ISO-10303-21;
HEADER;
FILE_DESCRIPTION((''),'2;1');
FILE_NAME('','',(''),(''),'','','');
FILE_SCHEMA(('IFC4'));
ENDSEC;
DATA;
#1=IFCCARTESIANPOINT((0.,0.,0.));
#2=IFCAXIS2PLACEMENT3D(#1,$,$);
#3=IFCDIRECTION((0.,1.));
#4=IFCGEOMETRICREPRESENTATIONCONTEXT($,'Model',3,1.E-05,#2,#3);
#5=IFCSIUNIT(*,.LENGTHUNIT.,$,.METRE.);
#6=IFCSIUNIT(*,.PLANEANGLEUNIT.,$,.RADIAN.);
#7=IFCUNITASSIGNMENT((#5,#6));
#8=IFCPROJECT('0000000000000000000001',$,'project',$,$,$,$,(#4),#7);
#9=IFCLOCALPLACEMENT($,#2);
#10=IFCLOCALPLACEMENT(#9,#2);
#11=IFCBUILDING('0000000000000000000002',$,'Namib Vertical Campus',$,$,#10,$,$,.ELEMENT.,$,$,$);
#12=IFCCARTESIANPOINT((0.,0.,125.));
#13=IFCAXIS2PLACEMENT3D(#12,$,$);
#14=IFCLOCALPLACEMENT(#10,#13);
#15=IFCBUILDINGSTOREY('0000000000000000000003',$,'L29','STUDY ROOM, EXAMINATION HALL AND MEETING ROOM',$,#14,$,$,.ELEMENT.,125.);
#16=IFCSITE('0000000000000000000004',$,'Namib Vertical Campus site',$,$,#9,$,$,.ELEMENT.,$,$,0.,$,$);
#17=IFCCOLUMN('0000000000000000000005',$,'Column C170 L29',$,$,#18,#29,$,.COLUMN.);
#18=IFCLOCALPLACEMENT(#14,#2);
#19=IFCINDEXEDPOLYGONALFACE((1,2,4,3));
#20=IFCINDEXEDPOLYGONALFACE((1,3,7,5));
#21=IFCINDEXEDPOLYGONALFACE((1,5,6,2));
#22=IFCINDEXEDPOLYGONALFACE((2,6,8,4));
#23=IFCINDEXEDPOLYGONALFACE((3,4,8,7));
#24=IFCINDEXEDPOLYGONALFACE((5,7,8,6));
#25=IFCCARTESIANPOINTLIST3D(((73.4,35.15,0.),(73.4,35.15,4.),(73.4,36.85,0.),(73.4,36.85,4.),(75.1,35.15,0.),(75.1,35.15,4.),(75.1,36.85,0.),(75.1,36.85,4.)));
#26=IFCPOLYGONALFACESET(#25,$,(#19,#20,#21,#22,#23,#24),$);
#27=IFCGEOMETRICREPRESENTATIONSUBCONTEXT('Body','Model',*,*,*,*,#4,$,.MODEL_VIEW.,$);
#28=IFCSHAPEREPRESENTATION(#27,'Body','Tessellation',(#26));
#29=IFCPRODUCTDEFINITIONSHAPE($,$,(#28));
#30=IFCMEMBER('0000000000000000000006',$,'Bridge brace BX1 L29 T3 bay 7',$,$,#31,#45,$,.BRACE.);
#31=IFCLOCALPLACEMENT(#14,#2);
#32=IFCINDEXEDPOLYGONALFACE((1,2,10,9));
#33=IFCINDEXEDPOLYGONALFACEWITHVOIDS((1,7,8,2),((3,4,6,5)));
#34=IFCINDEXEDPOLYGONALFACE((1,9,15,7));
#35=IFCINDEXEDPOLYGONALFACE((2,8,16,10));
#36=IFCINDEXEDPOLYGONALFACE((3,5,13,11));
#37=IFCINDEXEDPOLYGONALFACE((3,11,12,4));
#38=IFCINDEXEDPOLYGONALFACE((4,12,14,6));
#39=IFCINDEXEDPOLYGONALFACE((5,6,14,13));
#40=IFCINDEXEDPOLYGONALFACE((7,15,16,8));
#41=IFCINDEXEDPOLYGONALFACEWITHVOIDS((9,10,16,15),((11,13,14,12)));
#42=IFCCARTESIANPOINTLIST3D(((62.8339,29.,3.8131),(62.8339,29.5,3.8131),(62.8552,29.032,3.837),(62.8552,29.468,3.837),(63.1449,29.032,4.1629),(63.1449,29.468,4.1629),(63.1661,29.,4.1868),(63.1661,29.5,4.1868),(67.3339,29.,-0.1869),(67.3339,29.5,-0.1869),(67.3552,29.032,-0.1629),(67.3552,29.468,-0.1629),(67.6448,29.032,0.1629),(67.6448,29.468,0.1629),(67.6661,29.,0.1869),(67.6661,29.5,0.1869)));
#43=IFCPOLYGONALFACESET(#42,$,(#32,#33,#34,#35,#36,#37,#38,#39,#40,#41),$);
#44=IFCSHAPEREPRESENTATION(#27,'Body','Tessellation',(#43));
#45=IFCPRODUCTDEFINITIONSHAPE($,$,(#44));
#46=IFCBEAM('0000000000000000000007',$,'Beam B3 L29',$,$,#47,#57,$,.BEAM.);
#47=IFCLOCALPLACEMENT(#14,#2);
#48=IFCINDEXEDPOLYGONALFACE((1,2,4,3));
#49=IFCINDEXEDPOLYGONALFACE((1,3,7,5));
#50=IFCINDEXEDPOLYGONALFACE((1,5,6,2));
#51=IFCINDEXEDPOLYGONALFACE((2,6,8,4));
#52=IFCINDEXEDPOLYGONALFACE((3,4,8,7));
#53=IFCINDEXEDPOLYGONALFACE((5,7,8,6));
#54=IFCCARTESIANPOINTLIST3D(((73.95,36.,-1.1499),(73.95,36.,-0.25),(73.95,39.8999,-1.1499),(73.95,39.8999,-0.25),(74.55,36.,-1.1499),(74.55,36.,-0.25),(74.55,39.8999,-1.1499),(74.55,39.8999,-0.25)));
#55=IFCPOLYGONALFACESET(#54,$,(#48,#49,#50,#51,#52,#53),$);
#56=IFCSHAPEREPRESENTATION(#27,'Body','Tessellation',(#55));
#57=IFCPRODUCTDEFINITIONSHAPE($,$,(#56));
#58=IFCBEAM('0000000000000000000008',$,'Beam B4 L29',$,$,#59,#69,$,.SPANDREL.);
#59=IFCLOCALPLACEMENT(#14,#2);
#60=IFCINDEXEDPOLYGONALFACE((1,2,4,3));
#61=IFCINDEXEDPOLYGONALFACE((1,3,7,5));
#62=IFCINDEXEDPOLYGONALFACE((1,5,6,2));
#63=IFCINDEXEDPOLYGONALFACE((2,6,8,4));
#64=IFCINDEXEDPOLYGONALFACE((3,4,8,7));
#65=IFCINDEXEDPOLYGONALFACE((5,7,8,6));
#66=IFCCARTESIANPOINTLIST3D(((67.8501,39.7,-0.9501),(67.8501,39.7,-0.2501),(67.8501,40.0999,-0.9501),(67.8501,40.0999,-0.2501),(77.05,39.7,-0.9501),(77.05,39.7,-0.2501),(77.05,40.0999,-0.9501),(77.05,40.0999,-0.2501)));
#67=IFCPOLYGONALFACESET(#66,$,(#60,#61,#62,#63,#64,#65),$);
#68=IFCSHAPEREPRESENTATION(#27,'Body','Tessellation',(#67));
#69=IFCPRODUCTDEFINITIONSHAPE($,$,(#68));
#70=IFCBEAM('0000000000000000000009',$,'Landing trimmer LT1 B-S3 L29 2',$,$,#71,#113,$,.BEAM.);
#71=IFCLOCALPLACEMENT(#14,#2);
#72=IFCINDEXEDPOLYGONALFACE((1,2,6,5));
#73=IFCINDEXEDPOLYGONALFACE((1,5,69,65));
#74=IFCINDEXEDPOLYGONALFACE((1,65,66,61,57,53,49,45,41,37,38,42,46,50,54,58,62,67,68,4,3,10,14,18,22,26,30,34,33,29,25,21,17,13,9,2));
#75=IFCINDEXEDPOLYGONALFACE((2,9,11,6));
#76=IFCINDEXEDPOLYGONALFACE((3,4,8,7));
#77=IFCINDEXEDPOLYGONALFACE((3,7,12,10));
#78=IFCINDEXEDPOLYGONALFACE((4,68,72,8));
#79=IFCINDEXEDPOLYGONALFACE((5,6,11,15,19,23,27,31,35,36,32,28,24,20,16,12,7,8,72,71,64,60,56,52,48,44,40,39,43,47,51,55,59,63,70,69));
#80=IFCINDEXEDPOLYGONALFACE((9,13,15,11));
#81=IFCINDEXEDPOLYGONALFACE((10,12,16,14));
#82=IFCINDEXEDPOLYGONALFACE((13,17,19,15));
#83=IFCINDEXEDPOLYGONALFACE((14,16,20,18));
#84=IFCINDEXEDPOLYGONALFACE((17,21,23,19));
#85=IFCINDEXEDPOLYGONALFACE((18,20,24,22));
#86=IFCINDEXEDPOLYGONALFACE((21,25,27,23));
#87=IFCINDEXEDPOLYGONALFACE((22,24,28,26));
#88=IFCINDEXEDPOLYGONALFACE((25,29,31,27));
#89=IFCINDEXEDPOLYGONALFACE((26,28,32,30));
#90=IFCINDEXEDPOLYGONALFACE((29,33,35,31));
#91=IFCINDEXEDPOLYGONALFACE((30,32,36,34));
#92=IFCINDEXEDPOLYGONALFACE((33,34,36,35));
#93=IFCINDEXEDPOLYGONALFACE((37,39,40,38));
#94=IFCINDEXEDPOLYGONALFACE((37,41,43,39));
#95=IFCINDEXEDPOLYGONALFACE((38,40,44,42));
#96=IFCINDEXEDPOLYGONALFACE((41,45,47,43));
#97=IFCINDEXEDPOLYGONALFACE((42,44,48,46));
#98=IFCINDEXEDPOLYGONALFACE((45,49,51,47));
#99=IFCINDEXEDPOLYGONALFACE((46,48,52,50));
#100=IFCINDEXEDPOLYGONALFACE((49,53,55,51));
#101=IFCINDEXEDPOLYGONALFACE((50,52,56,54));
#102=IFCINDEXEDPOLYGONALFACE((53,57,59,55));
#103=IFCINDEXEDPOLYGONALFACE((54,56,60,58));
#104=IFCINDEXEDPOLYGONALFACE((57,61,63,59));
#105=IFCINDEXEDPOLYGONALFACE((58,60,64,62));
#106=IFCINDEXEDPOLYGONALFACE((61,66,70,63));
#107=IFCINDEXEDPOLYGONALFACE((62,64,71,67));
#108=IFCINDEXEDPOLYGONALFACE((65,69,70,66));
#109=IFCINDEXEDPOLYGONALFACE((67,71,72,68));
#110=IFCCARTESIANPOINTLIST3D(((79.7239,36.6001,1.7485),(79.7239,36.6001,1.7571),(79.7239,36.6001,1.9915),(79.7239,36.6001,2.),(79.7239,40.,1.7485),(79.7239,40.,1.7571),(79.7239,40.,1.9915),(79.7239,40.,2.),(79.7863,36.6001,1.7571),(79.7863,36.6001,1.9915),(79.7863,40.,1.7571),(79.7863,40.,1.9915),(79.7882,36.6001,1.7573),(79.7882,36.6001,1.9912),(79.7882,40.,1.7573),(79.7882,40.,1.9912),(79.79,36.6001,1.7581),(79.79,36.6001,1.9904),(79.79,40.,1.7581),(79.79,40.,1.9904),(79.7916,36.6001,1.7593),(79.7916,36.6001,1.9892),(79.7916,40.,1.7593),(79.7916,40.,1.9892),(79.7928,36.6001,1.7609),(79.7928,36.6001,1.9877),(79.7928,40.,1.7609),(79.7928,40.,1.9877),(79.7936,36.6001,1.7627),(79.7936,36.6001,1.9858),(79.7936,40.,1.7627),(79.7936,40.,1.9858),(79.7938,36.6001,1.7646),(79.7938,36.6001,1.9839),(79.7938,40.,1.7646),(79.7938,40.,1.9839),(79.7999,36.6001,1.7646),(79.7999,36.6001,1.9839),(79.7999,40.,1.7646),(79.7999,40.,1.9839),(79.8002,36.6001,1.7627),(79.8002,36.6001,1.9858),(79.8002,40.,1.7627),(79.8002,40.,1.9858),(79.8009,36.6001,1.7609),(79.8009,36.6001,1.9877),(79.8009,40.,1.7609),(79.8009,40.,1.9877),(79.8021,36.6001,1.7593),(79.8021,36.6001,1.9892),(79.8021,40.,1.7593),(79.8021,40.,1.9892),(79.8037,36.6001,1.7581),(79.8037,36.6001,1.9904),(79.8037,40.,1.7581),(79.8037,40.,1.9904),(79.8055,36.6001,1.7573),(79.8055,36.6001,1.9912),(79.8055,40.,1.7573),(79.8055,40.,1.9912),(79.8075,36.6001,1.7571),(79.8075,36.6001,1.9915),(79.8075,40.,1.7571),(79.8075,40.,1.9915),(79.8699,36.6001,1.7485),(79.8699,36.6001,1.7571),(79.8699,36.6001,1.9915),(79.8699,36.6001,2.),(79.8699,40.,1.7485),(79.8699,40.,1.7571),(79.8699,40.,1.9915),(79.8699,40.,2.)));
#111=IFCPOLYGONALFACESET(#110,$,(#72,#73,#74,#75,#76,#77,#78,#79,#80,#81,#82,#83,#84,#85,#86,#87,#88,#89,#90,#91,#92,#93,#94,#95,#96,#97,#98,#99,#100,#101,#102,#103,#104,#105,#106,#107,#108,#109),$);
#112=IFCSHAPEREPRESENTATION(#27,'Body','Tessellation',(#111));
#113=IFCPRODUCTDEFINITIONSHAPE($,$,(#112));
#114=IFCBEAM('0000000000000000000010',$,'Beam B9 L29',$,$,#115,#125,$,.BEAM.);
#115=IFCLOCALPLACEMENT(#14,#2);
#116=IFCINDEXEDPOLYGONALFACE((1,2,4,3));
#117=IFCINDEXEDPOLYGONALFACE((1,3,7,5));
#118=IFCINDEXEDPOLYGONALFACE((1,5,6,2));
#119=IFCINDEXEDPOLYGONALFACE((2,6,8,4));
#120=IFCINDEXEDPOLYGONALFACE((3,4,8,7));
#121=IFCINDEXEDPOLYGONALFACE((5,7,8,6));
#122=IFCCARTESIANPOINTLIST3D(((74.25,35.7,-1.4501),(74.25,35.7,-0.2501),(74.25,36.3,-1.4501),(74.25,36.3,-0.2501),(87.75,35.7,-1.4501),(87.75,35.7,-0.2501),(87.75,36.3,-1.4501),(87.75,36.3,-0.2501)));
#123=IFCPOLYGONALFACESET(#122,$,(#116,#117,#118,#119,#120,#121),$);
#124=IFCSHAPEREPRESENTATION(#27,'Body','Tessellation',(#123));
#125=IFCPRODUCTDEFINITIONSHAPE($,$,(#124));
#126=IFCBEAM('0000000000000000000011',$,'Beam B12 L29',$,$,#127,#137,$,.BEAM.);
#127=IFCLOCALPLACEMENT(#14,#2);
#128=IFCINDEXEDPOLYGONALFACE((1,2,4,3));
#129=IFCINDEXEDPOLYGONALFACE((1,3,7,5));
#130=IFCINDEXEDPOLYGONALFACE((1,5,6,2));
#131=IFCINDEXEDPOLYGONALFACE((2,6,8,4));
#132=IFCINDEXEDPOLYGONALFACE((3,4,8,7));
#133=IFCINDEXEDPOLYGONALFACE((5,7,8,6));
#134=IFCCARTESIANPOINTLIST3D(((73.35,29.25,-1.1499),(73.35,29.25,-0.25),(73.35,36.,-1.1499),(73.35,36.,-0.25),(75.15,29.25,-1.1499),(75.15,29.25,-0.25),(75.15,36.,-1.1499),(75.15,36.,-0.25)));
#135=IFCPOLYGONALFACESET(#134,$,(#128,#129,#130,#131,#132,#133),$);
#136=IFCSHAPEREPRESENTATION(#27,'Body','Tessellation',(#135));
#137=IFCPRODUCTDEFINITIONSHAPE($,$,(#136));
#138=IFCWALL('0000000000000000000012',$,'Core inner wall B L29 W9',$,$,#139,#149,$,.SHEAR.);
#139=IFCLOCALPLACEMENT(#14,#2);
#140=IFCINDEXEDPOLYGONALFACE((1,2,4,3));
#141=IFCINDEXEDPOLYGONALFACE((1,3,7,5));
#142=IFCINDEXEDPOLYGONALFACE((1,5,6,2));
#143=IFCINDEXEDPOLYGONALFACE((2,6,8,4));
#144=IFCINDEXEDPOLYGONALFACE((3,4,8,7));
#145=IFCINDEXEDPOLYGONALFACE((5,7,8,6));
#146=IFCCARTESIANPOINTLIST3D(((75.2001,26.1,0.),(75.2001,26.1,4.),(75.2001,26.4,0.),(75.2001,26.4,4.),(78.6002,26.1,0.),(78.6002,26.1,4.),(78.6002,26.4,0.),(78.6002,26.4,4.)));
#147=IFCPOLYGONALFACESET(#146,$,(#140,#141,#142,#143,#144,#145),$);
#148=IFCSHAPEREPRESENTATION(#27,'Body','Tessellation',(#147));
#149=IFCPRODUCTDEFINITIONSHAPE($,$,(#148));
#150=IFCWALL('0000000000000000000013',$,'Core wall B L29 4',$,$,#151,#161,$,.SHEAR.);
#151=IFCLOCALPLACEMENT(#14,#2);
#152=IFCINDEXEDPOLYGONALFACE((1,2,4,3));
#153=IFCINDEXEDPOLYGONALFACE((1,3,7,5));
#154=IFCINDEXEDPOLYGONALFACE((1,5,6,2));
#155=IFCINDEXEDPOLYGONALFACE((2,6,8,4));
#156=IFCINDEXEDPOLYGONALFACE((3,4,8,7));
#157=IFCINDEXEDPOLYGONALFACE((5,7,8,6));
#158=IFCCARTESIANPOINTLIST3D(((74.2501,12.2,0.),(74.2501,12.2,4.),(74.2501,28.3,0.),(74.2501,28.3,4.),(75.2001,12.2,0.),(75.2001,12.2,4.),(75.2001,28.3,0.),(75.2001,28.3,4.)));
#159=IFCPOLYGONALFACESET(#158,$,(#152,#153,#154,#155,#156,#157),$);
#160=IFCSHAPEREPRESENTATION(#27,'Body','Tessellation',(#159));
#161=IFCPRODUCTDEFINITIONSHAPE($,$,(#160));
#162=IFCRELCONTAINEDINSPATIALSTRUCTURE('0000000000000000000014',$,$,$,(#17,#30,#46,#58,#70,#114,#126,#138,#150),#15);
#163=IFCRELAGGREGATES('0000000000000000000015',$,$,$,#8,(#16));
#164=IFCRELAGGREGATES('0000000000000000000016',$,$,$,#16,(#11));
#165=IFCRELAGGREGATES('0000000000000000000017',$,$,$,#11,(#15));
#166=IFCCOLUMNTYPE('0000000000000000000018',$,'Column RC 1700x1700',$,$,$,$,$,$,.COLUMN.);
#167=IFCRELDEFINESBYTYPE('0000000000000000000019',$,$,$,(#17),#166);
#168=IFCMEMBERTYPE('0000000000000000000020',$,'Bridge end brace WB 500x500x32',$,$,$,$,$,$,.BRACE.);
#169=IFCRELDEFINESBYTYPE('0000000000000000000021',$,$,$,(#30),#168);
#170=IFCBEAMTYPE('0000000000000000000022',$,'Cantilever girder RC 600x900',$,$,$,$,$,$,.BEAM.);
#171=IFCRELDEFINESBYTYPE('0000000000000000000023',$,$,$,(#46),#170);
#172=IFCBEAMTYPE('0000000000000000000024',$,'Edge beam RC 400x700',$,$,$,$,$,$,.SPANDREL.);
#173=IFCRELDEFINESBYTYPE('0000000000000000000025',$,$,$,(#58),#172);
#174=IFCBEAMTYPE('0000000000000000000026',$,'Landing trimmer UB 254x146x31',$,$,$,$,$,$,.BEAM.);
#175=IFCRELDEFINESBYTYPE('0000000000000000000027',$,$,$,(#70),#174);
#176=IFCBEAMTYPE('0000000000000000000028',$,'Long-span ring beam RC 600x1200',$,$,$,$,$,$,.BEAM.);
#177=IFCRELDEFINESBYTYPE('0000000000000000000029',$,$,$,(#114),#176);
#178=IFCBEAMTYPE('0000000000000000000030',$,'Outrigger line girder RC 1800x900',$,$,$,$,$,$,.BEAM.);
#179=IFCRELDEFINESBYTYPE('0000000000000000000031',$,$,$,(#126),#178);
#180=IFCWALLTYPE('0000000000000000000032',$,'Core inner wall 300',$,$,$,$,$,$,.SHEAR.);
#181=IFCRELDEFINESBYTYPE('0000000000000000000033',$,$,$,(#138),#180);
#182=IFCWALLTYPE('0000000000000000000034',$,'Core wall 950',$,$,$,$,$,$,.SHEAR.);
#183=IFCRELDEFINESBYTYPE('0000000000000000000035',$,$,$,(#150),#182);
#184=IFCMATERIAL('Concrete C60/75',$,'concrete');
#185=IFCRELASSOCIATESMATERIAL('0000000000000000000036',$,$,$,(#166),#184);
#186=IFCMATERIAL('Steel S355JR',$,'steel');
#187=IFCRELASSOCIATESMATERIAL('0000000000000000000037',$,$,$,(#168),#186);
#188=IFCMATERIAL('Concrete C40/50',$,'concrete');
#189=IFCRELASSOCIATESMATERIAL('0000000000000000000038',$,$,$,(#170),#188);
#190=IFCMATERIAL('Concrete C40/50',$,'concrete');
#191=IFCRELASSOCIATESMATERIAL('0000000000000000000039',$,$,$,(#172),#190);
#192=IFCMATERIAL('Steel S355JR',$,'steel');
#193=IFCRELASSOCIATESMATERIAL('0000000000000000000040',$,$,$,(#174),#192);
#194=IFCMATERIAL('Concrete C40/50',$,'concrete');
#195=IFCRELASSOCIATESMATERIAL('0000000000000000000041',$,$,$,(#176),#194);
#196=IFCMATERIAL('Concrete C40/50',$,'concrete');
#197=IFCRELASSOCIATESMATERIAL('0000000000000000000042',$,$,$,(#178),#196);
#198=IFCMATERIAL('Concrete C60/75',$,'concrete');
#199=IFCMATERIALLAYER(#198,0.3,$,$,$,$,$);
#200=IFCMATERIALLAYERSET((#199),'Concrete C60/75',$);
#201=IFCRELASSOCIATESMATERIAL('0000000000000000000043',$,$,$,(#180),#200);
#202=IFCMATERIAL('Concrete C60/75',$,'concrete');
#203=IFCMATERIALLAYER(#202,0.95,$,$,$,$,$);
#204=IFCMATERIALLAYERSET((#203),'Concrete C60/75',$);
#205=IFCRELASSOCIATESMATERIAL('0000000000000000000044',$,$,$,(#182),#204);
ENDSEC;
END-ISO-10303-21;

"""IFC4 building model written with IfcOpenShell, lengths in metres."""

from ifc_helpers import new_model, si_unit, direction, frame, frame_2d, origin, origin_2d, place, context, subcontext, project, spatial, rectangle, hollow_rectangle, i_section, extrude, material, layer, layer_set, material_profile, profile_set, type_object, element, save


model = new_model("IFC4")

# Units and contexts
model_context = context("Model", 3, precision=1e-05, world=origin(), true_north=direction((0.0, 1.0)))
body_context = subcontext(model_context, "Body", "Model", "MODEL_VIEW")
ifc_project = project(units=[si_unit("LENGTHUNIT", "METRE"), si_unit("PLANEANGLEUNIT", "RADIAN")], contexts=[model_context])

# Site, building, storey
site_placement = place(None, origin())
site = spatial("IfcSite", under=ifc_project, at=site_placement, Name="Namib Vertical Campus site", CompositionType="ELEMENT", RefElevation=0.0)
building_placement = place(site_placement, origin())
building = spatial("IfcBuilding", under=site, at=building_placement, Name="Namib Vertical Campus", CompositionType="ELEMENT")
storey_placement = place(building_placement, frame((0.0, 0.0, 125.0)))
storey = spatial("IfcBuildingStorey", under=building, at=storey_placement, Name="L29", Description="STUDY ROOM, EXAMINATION HALL AND MEETING ROOM", CompositionType="ELEMENT", Elevation=125.0)

# Column
ifc_material_1 = material(Name="Concrete C60/75", Category="concrete")
ifc_material_profile_1 = material_profile(ifc_material_1, rectangle(XDim=1.7, YDim=1.7, at=origin_2d()))
ifc_profile_set_1 = profile_set([ifc_material_profile_1], Name="Concrete C60/75")
column_type = type_object("IfcColumnType", Name="Column RC 1700x1700", PredefinedType="COLUMN", material=ifc_profile_set_1)
column_placement = place(storey_placement, frame((74.25, 36.0, 0.0), z_axis=(0.0, 0.0, 1.0), x_axis=(1.0, 0.0, 0.0)))
element("IfcColumn", 1, at=column_placement, inside=storey, type_object=column_type, Name="Column C170 L29", PredefinedType="COLUMN", context=body_context, shape_type="SweptSolid", body=[
    extrude(rectangle(XDim=1.7, YDim=1.7, at=origin_2d()), origin(), (0.0, 0.0, 1.0), 4.0),
])

# Member
ifc_material_2 = material(Name="Steel S355JR", Category="steel")
ifc_material_profile_2 = material_profile(ifc_material_2, hollow_rectangle(XDim=0.5, YDim=0.5, WallThickness=0.032, at=origin_2d()))
ifc_profile_set_2 = profile_set([ifc_material_profile_2], Name="Steel S355JR")
member_type = type_object("IfcMemberType", Name="Bridge end brace WB 500x500x32", PredefinedType="BRACE", material=ifc_profile_set_2)
member_placement = place(storey_placement, frame((67.5, 29.25, 0.0), z_axis=(-0.747409, 0.0, 0.664364), x_axis=(0.0, -1.0, 0.0)))
element("IfcMember", 2, at=member_placement, inside=storey, type_object=member_type, Name="Bridge brace BX1 L29 T3 bay 7", PredefinedType="BRACE", context=body_context, shape_type="SweptSolid", body=[
    extrude(hollow_rectangle(XDim=0.5, YDim=0.5, WallThickness=0.032, at=origin_2d()), origin(), (0.0, 0.0, 1.0), 6.0208),
])

# Beams
ifc_material_3 = material(Name="Concrete C40/50", Category="concrete")
ifc_material_profile_3 = material_profile(ifc_material_3, rectangle(XDim=0.6001, YDim=0.8999, at=origin_2d()))
ifc_profile_set_3 = profile_set([ifc_material_profile_3], Name="Concrete C40/50")
beam_type_1 = type_object("IfcBeamType", Name="Cantilever girder RC 600x900", PredefinedType="BEAM", material=ifc_profile_set_3)
beam_1_placement = place(storey_placement, frame((74.25, 36.0, -0.7), z_axis=(0.0, 1.0, 0.0), x_axis=(-1.0, 0.0, 0.0)))
element("IfcBeam", 3, at=beam_1_placement, inside=storey, type_object=beam_type_1, Name="Beam B3 L29", PredefinedType="BEAM", context=body_context, shape_type="SweptSolid", body=[
    extrude(rectangle(XDim=0.6001, YDim=0.8999, at=origin_2d()), origin(), (0.0, 0.0, 1.0), 3.8999),
])
ifc_material_4 = material(Name="Concrete C40/50", Category="concrete")
ifc_material_profile_4 = material_profile(ifc_material_4, rectangle(XDim=0.3999, YDim=0.7, at=origin_2d()))
ifc_profile_set_4 = profile_set([ifc_material_profile_4], Name="Concrete C40/50")
beam_type_2 = type_object("IfcBeamType", Name="Edge beam RC 400x700", PredefinedType="SPANDREL", material=ifc_profile_set_4)
beam_2_placement = place(storey_placement, frame((67.8501, 39.8999, -0.6001), z_axis=(1.0, 0.0, 0.0), x_axis=(0.0, 1.0, 0.0)))
element("IfcBeam", 4, at=beam_2_placement, inside=storey, type_object=beam_type_2, Name="Beam B4 L29", PredefinedType="SPANDREL", context=body_context, shape_type="SweptSolid", body=[
    extrude(rectangle(XDim=0.3999, YDim=0.7, at=origin_2d()), origin(), (0.0, 0.0, 1.0), 9.2),
])
ifc_material_5 = material(Name="Steel S355JR", Category="steel")
ifc_material_profile_5 = material_profile(ifc_material_5, i_section(OverallWidth=0.146, OverallDepth=0.2515, WebThickness=0.0061, FlangeThickness=0.0085, FilletRadius=0.0076, at=origin_2d()))
ifc_profile_set_5 = profile_set([ifc_material_profile_5], Name="Steel S355JR")
beam_type_3 = type_object("IfcBeamType", Name="Landing trimmer UB 254x146x31", PredefinedType="BEAM", material=ifc_profile_set_5)
beam_3_placement = place(storey_placement, frame((79.7969, 36.6001, 1.8743), z_axis=(0.0, 1.0, 0.0), x_axis=(-1.0, 0.0, 0.0)))
element("IfcBeam", 5, at=beam_3_placement, inside=storey, type_object=beam_type_3, Name="Landing trimmer LT1 B-S3 L29 2", PredefinedType="BEAM", context=body_context, shape_type="SweptSolid", body=[
    extrude(i_section(OverallWidth=0.146, OverallDepth=0.2515, WebThickness=0.0061, FlangeThickness=0.0085, FilletRadius=0.0076, at=origin_2d()), origin(), (0.0, 0.0, 1.0), 3.3999),
])
ifc_material_6 = material(Name="Concrete C40/50", Category="concrete")
ifc_material_profile_6 = material_profile(ifc_material_6, rectangle(XDim=0.6001, YDim=1.2, at=origin_2d()))
ifc_profile_set_6 = profile_set([ifc_material_profile_6], Name="Concrete C40/50")
beam_type_4 = type_object("IfcBeamType", Name="Long-span ring beam RC 600x1200", PredefinedType="BEAM", material=ifc_profile_set_6)
beam_4_placement = place(storey_placement, frame((74.25, 36.0, -0.8501), z_axis=(1.0, 0.0, 0.0), x_axis=(0.0, 1.0, 0.0)))
element("IfcBeam", 6, at=beam_4_placement, inside=storey, type_object=beam_type_4, Name="Beam B9 L29", PredefinedType="BEAM", context=body_context, shape_type="SweptSolid", body=[
    extrude(rectangle(XDim=0.6001, YDim=1.2, at=origin_2d()), origin(), (0.0, 0.0, 1.0), 13.5),
])
ifc_material_7 = material(Name="Concrete C40/50", Category="concrete")
ifc_material_profile_7 = material_profile(ifc_material_7, rectangle(XDim=1.8, YDim=0.8999, at=origin_2d()))
ifc_profile_set_7 = profile_set([ifc_material_profile_7], Name="Concrete C40/50")
beam_type_5 = type_object("IfcBeamType", Name="Outrigger line girder RC 1800x900", PredefinedType="BEAM", material=ifc_profile_set_7)
beam_5_placement = place(storey_placement, frame((74.25, 36.0, -0.7), z_axis=(0.0, -1.0, 0.0), x_axis=(1.0, 0.0, 0.0)))
element("IfcBeam", 7, at=beam_5_placement, inside=storey, type_object=beam_type_5, Name="Beam B12 L29", PredefinedType="BEAM", context=body_context, shape_type="SweptSolid", body=[
    extrude(rectangle(XDim=1.8, YDim=0.8999, at=origin_2d()), origin(), (0.0, 0.0, 1.0), 6.75),
])

# Walls
ifc_material_8 = material(Name="Concrete C60/75", Category="concrete")
ifc_layer_1 = layer(ifc_material_8, 0.3)
ifc_layer_set_1 = layer_set([ifc_layer_1], Name="Concrete C60/75")
wall_type_1 = type_object("IfcWallType", Name="Core inner wall 300", PredefinedType="SHEAR", material=ifc_layer_set_1)
wall_1_placement = place(storey_placement, frame((75.2, 26.25, 0.0), z_axis=(0.0, 0.0, 1.0), x_axis=(1.0, 0.0, 0.0)))
element("IfcWall", 8, at=wall_1_placement, inside=storey, type_object=wall_type_1, Name="Core inner wall B L29 W9", PredefinedType="SHEAR", context=body_context, shape_type="SweptSolid", body=[
    extrude(rectangle(XDim=3.4001, YDim=0.3, at=frame_2d((1.7002, 0.0))), origin(), (0.0, 0.0, 1.0), 4.0),
])
ifc_material_9 = material(Name="Concrete C60/75", Category="concrete")
ifc_layer_2 = layer(ifc_material_9, 0.95)
ifc_layer_set_2 = layer_set([ifc_layer_2], Name="Concrete C60/75")
wall_type_2 = type_object("IfcWallType", Name="Core wall 950", PredefinedType="SHEAR", material=ifc_layer_set_2)
wall_2_placement = place(storey_placement, frame((74.7251, 28.3, 0.0), z_axis=(0.0, 0.0, 1.0), x_axis=(0.0, -1.0, 0.0)))
element("IfcWall", 9, at=wall_2_placement, inside=storey, type_object=wall_type_2, Name="Core wall B L29 4", PredefinedType="SHEAR", context=body_context, shape_type="SweptSolid", body=[
    extrude(rectangle(XDim=16.1001, YDim=0.95, at=frame_2d((8.05, 0.0))), origin(), (0.0, 0.0, 1.0), 4.0),
])

save(model, "model.ifc")
